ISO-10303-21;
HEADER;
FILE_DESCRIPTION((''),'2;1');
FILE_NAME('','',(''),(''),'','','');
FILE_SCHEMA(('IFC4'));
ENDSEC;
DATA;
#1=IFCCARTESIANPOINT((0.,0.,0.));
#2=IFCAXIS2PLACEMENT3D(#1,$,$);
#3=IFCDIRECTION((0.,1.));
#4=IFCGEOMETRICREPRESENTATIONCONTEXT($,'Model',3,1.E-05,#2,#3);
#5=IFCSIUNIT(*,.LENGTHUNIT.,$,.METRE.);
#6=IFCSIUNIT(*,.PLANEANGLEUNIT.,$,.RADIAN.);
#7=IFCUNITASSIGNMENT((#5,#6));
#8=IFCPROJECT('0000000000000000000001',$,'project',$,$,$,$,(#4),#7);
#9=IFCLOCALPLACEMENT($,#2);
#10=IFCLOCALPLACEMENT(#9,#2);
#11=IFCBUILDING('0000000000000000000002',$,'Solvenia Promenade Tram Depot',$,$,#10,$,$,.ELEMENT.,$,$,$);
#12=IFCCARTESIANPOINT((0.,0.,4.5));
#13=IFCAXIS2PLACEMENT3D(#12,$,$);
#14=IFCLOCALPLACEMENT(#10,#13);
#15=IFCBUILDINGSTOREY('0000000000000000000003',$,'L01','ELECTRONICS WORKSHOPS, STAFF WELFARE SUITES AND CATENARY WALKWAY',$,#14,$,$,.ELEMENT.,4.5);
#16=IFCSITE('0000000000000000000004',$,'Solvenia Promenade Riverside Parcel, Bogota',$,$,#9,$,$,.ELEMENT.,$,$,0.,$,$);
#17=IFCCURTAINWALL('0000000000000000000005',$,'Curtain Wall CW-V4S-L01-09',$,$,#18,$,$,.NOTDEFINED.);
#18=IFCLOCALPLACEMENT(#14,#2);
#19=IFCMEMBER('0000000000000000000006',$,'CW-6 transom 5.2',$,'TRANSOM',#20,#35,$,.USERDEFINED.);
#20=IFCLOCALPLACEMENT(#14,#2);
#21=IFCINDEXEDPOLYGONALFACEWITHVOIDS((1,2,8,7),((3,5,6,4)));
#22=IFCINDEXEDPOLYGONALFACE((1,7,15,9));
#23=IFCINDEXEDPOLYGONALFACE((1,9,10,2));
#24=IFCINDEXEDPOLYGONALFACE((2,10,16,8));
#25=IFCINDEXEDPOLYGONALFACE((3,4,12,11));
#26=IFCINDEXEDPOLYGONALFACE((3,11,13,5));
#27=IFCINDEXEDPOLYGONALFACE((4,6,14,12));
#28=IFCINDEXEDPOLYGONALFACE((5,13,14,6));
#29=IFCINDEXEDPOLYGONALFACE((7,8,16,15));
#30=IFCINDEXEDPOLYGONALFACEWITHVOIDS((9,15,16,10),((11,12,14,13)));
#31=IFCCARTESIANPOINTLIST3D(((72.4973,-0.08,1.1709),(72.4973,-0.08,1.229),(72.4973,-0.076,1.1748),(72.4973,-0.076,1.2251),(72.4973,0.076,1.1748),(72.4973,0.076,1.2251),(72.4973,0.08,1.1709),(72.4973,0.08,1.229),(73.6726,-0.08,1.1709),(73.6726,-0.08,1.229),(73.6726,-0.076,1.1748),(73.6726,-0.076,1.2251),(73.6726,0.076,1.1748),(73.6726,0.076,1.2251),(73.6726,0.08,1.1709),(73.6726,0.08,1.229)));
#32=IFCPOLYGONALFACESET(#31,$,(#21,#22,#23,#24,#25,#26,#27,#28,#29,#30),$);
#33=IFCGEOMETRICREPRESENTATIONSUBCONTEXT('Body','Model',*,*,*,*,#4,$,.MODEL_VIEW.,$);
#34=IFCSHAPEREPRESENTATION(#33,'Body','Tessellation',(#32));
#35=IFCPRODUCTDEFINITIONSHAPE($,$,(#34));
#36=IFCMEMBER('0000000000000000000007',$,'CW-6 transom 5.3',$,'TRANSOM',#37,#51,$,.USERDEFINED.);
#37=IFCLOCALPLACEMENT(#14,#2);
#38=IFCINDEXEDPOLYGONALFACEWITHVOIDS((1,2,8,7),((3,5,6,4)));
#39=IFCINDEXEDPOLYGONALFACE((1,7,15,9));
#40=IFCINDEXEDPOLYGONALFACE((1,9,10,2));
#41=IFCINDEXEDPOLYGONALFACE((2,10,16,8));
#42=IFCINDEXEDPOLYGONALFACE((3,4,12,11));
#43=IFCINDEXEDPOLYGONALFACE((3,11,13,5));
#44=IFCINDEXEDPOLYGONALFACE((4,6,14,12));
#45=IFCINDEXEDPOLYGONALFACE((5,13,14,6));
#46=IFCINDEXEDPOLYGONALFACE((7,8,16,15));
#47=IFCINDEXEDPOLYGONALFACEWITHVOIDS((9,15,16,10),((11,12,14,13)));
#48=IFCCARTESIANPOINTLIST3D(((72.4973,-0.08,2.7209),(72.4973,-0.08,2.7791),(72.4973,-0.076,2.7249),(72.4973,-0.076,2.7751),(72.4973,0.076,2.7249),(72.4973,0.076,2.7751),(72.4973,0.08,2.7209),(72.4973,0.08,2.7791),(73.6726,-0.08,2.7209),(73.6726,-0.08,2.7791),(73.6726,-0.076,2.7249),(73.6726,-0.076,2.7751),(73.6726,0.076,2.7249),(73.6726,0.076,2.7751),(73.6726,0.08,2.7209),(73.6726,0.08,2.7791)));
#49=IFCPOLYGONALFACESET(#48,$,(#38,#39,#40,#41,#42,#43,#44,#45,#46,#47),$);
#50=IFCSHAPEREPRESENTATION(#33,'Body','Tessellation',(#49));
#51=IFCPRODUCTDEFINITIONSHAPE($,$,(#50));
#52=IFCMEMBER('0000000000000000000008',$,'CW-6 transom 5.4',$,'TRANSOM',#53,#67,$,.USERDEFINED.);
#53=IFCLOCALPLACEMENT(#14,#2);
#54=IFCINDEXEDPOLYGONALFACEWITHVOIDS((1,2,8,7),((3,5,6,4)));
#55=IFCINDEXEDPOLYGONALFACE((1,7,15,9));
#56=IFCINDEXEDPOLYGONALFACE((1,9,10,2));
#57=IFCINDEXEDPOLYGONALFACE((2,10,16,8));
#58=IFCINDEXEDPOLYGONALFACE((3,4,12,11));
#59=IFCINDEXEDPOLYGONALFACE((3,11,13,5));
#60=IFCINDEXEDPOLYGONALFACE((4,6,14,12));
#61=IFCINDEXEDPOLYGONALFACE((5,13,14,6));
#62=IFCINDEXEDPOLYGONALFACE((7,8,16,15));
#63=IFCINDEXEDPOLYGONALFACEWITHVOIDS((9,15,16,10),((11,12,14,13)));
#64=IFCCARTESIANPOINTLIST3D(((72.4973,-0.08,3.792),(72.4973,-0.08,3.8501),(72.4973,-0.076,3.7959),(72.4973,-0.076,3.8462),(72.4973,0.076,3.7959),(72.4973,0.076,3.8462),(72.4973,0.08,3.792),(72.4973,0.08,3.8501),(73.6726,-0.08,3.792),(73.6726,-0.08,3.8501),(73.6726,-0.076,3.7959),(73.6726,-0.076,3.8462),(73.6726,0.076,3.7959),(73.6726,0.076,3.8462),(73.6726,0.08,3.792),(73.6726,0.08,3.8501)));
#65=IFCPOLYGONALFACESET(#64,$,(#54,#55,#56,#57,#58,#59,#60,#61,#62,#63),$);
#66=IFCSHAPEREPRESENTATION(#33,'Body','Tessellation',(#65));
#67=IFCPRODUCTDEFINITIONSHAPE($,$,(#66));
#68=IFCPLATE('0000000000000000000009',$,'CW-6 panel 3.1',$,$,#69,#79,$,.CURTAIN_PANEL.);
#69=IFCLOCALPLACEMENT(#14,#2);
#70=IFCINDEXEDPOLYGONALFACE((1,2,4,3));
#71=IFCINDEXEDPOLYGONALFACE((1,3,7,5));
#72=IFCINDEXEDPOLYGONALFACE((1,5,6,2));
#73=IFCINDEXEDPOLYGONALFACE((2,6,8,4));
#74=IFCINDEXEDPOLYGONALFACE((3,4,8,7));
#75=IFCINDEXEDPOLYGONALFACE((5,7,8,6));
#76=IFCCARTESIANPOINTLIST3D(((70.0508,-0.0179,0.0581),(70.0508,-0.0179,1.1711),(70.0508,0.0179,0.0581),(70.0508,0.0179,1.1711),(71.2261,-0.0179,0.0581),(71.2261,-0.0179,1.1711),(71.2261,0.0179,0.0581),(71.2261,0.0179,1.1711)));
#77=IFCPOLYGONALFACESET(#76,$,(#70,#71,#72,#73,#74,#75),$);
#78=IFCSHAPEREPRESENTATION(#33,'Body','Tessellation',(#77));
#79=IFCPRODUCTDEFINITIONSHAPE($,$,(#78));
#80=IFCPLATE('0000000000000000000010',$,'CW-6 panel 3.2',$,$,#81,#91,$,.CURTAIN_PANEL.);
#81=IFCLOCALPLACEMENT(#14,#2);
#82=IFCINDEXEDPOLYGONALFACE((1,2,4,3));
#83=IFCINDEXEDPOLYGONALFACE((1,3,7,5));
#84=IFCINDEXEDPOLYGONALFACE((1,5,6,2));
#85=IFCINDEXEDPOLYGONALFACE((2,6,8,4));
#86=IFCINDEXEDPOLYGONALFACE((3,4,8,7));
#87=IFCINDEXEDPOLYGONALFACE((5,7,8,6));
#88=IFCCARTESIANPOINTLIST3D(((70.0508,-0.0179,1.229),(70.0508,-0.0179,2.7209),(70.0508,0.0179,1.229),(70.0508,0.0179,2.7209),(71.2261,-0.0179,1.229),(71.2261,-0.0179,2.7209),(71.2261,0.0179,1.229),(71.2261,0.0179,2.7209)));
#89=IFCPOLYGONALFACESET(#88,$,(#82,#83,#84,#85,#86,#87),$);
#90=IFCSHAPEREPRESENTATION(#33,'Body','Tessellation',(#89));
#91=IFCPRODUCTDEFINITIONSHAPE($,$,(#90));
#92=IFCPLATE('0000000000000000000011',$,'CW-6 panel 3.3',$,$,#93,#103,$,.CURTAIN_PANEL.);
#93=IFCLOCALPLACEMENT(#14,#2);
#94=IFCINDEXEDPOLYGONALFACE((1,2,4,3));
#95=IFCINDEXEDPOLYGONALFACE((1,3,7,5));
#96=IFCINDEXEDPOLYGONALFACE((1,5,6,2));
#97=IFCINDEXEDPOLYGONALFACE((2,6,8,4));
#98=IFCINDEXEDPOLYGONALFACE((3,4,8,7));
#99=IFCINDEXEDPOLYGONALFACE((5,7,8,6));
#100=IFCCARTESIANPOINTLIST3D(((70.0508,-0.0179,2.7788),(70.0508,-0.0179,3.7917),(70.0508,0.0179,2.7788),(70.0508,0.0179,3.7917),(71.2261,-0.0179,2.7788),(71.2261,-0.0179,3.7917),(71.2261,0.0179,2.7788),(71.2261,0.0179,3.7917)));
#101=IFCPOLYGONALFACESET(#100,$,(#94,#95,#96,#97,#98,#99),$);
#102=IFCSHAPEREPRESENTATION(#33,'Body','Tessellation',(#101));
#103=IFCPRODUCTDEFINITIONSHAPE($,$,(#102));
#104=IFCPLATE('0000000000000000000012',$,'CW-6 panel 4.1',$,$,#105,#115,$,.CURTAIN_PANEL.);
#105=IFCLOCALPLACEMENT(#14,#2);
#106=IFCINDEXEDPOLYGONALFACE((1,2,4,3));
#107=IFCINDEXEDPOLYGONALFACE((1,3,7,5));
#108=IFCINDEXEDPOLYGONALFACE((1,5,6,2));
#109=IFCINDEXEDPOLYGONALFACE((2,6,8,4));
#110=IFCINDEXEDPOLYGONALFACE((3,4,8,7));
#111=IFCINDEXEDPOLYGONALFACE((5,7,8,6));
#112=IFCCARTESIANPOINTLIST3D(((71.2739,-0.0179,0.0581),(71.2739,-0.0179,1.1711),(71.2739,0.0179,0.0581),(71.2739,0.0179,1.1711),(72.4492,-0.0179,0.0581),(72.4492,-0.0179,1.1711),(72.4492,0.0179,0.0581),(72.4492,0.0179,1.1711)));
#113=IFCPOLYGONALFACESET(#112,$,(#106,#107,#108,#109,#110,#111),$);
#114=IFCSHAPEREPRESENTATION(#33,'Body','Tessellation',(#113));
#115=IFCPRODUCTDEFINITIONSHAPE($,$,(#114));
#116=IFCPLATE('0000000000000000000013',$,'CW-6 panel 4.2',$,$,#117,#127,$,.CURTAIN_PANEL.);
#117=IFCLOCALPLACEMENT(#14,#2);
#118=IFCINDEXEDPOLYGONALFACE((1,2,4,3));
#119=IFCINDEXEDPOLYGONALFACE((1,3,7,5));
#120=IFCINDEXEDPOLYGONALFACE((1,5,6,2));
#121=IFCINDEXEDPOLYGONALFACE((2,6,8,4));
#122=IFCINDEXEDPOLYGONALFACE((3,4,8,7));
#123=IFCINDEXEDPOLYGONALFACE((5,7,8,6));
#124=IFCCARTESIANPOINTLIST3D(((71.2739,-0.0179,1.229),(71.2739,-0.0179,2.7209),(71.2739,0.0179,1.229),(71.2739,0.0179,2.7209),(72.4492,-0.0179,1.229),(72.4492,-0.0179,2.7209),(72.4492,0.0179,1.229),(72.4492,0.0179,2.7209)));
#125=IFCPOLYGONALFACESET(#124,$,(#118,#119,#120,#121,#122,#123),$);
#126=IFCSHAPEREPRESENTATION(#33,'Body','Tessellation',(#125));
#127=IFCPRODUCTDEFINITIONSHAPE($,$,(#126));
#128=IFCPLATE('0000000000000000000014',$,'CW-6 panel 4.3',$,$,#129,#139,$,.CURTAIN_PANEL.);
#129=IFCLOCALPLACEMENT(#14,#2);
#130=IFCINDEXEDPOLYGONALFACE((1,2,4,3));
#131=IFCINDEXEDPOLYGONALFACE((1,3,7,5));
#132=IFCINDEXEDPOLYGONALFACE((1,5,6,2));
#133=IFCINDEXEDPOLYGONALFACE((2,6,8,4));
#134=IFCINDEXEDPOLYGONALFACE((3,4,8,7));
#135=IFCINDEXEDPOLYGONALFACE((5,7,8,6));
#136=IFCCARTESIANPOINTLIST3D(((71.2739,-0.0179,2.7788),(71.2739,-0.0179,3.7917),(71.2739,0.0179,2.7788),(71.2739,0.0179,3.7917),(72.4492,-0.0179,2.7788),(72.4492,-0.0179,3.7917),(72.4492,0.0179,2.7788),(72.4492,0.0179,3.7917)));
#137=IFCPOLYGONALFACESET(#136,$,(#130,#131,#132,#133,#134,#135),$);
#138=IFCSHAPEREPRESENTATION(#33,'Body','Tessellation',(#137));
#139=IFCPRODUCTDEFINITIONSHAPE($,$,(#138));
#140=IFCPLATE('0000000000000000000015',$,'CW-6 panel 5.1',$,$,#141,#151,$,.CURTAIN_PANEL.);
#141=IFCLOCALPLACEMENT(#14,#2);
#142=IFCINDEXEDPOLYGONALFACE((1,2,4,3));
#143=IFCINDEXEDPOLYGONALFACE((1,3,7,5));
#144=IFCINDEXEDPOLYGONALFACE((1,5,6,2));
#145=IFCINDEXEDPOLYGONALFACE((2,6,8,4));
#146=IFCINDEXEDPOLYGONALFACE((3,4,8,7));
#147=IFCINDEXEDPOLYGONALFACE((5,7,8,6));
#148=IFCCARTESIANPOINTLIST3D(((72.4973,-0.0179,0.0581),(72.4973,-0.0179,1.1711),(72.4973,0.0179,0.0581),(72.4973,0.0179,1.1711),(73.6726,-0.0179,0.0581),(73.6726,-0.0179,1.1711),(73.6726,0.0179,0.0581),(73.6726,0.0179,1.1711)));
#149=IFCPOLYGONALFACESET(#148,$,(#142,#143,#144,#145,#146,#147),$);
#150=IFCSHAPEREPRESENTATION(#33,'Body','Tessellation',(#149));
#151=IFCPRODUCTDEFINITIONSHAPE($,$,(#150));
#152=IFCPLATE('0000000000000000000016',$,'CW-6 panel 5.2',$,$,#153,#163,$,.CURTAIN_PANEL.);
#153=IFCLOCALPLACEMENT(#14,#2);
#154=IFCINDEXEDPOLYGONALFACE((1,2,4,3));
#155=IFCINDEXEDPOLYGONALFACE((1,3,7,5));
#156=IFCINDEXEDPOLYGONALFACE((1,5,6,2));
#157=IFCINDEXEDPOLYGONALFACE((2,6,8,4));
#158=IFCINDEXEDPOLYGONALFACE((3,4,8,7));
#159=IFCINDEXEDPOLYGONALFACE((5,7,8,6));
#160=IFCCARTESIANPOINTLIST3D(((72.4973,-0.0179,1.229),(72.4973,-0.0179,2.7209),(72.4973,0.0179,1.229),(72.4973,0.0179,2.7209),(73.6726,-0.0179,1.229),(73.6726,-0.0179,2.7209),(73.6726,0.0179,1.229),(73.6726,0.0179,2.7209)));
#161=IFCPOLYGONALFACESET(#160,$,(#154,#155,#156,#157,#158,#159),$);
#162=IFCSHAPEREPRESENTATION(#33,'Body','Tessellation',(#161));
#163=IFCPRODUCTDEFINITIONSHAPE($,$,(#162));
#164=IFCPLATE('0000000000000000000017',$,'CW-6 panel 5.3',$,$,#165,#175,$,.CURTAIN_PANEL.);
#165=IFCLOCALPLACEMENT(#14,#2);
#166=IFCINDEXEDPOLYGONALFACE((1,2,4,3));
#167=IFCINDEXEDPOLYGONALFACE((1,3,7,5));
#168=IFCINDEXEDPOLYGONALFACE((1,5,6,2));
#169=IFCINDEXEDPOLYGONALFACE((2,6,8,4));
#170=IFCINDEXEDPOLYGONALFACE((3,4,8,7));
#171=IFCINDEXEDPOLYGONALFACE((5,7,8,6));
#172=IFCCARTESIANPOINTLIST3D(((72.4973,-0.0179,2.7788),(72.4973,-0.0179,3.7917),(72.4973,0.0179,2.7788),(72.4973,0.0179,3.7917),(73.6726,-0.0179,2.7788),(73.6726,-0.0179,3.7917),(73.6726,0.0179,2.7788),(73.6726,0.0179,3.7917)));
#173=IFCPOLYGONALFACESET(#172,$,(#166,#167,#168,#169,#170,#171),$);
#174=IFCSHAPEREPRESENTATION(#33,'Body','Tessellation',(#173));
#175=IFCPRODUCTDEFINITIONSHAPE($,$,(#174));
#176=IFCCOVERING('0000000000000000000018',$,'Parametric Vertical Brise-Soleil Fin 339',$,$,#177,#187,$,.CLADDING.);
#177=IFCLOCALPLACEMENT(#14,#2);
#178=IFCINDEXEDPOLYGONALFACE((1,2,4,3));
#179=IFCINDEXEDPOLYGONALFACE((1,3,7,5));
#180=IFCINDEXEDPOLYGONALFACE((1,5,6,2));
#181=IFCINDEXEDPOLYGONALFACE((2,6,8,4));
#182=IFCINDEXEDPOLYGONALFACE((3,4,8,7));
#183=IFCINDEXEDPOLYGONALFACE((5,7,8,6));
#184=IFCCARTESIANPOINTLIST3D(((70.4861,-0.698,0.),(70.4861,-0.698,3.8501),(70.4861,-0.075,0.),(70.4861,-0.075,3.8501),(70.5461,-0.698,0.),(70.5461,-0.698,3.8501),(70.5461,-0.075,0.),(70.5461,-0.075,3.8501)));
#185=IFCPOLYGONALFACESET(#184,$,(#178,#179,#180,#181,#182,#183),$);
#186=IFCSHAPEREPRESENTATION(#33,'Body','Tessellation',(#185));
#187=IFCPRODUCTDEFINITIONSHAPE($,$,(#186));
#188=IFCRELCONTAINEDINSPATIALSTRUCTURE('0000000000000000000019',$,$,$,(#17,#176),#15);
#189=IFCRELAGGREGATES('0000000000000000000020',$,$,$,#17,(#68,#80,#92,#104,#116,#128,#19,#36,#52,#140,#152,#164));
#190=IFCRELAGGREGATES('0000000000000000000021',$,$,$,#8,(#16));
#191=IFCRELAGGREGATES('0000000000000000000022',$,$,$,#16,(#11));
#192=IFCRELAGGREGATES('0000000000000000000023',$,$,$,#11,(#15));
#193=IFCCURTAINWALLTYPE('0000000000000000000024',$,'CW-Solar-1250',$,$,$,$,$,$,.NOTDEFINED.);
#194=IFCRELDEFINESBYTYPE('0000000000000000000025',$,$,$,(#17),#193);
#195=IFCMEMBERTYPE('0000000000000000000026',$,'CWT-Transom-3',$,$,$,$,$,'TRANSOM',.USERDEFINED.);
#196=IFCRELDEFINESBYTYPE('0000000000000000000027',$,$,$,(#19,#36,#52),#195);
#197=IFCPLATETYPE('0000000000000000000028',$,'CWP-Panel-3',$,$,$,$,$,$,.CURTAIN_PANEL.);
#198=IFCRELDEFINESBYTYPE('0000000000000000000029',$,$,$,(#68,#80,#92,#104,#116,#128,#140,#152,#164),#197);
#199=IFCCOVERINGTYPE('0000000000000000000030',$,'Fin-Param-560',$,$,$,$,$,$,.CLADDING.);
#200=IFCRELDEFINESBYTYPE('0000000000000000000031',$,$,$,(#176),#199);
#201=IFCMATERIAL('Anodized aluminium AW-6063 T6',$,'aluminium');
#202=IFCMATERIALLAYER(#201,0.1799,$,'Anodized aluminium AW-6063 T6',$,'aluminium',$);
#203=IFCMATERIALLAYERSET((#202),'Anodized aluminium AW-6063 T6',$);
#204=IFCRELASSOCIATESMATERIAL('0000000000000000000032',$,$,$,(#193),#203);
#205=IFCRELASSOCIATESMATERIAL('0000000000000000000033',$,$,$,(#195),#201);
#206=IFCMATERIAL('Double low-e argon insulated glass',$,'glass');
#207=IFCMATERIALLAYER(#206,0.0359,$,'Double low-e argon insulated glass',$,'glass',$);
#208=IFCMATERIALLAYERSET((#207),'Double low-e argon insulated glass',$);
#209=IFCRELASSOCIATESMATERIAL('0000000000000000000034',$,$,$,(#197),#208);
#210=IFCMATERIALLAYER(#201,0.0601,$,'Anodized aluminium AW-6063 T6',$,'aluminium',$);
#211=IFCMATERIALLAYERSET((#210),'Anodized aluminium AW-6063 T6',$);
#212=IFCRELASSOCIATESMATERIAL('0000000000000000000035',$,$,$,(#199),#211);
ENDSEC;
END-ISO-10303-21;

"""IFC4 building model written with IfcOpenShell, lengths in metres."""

from ifc_helpers import new_model, si_unit, direction, frame, origin, origin_2d, place, context, subcontext, project, spatial, rectangle, hollow_rectangle, extrude, material, layer, layer_set, material_profile, profile_set, type_object, element, aggregate, save


model = new_model("IFC4")

# Units and contexts
model_context = context("Model", 3, precision=1e-05, world=origin(), true_north=direction((0.0, 1.0)))
body_context = subcontext(model_context, "Body", "Model", "MODEL_VIEW")
ifc_project = project(units=[si_unit("LENGTHUNIT", "METRE"), si_unit("PLANEANGLEUNIT", "RADIAN")], contexts=[model_context])

# Site, building, storey
site_placement = place(None, origin())
site = spatial("IfcSite", under=ifc_project, at=site_placement, Name="Solvenia Promenade Riverside Parcel, Bogota", CompositionType="ELEMENT", RefElevation=0.0)
building_placement = place(site_placement, origin())
building = spatial("IfcBuilding", under=site, at=building_placement, Name="Solvenia Promenade Tram Depot", CompositionType="ELEMENT")
storey_placement = place(building_placement, frame((0.0, 0.0, 4.5)))
storey = spatial("IfcBuildingStorey", under=building, at=storey_placement, Name="L01", Description="ELECTRONICS WORKSHOPS, STAFF WELFARE SUITES AND CATENARY WALKWAY", CompositionType="ELEMENT", Elevation=4.5)

# Curtain wall, members, plates
ifc_material_1 = material(Name="Anodized aluminium AW-6063 T6", Category="aluminium")
ifc_layer_1 = layer(ifc_material_1, 0.1799, Name="Anodized aluminium AW-6063 T6", Category="aluminium")
ifc_layer_set_1 = layer_set([ifc_layer_1], Name="Anodized aluminium AW-6063 T6")
curtain_wall_type = type_object("IfcCurtainWallType", Name="CW-Solar-1250", PredefinedType="NOTDEFINED", material=ifc_layer_set_1)
curtain_wall_placement = place(storey_placement, origin())
curtain_wall = element("IfcCurtainWall", 1, at=curtain_wall_placement, inside=storey, type_object=curtain_wall_type, Name="Curtain Wall CW-V4S-L01-09", PredefinedType="NOTDEFINED")
ifc_material_profile_1 = material_profile(ifc_material_1, hollow_rectangle(XDim=0.1599, YDim=0.0581, WallThickness=0.0039, at=origin_2d()), Name="ALU-T3", Category="aluminium")
ifc_profile_set_1 = profile_set([ifc_material_profile_1], Name="Anodized aluminium AW-6063 T6")
member_type_1 = type_object("IfcMemberType", Name="CWT-Transom-3", ElementType="TRANSOM", PredefinedType="USERDEFINED", material=ifc_profile_set_1)
member_1_placement = place(storey_placement, frame((72.4973, 0.0, 1.2), z_axis=(1.0, 0.0, 0.0), x_axis=(0.0, 1.0, 0.0)))
member_1 = element("IfcMember", 2, at=member_1_placement, type_object=member_type_1, Name="CW-6 transom 5.2", ObjectType="TRANSOM", PredefinedType="USERDEFINED", context=body_context, shape_type="SweptSolid", body=[
    extrude(hollow_rectangle(XDim=0.1599, YDim=0.0581, WallThickness=0.0039, at=origin_2d()), origin(), (0.0, 0.0, 1.0), 1.1753),
])
member_2_placement = place(storey_placement, frame((72.4973, 0.0, 2.75), z_axis=(1.0, 0.0, 0.0), x_axis=(0.0, 1.0, 0.0)))
member_2 = element("IfcMember", 3, at=member_2_placement, type_object=member_type_1, Name="CW-6 transom 5.3", ObjectType="TRANSOM", PredefinedType="USERDEFINED", context=body_context, shape_type="SweptSolid", body=[
    extrude(hollow_rectangle(XDim=0.1599, YDim=0.0581, WallThickness=0.0039, at=origin_2d()), origin(), (0.0, 0.0, 1.0), 1.1753),
])
member_3_placement = place(storey_placement, frame((72.4973, 0.0, 3.821), z_axis=(1.0, 0.0, 0.0), x_axis=(0.0, 1.0, 0.0)))
member_3 = element("IfcMember", 4, at=member_3_placement, type_object=member_type_1, Name="CW-6 transom 5.4", ObjectType="TRANSOM", PredefinedType="USERDEFINED", context=body_context, shape_type="SweptSolid", body=[
    extrude(hollow_rectangle(XDim=0.1599, YDim=0.0581, WallThickness=0.0039, at=origin_2d()), origin(), (0.0, 0.0, 1.0), 1.1753),
])
ifc_material_2 = material(Name="Double low-e argon insulated glass", Category="glass")
ifc_layer_2 = layer(ifc_material_2, 0.0359, Name="Double low-e argon insulated glass", Category="glass")
ifc_layer_set_2 = layer_set([ifc_layer_2], Name="Double low-e argon insulated glass")
plate_type = type_object("IfcPlateType", Name="CWP-Panel-3", PredefinedType="CURTAIN_PANEL", material=ifc_layer_set_2)
plate_1_placement = place(storey_placement, frame((70.6384, 0.0, 0.0581), z_axis=(0.0, 0.0, 1.0), x_axis=(1.0, 0.0, 0.0)))
plate_1 = element("IfcPlate", 5, at=plate_1_placement, type_object=plate_type, Name="CW-6 panel 3.1", PredefinedType="CURTAIN_PANEL", context=body_context, shape_type="SweptSolid", body=[
    extrude(rectangle(XDim=1.1753, YDim=0.0359, at=origin_2d()), origin(), (0.0, 0.0, 1.0), 1.113),
])
plate_2_placement = place(storey_placement, frame((70.6384, 0.0, 1.229), z_axis=(0.0, 0.0, 1.0), x_axis=(1.0, 0.0, 0.0)))
plate_2 = element("IfcPlate", 6, at=plate_2_placement, type_object=plate_type, Name="CW-6 panel 3.2", PredefinedType="CURTAIN_PANEL", context=body_context, shape_type="SweptSolid", body=[
    extrude(rectangle(XDim=1.1753, YDim=0.0359, at=origin_2d()), origin(), (0.0, 0.0, 1.0), 1.4919),
])
plate_3_placement = place(storey_placement, frame((70.6384, 0.0, 2.7788), z_axis=(0.0, 0.0, 1.0), x_axis=(1.0, 0.0, 0.0)))
plate_3 = element("IfcPlate", 7, at=plate_3_placement, type_object=plate_type, Name="CW-6 panel 3.3", PredefinedType="CURTAIN_PANEL", context=body_context, shape_type="SweptSolid", body=[
    extrude(rectangle(XDim=1.1753, YDim=0.0359, at=origin_2d()), origin(), (0.0, 0.0, 1.0), 1.0129),
])
plate_4_placement = place(storey_placement, frame((71.8616, 0.0, 0.0581), z_axis=(0.0, 0.0, 1.0), x_axis=(1.0, 0.0, 0.0)))
plate_4 = element("IfcPlate", 8, at=plate_4_placement, type_object=plate_type, Name="CW-6 panel 4.1", PredefinedType="CURTAIN_PANEL", context=body_context, shape_type="SweptSolid", body=[
    extrude(rectangle(XDim=1.1753, YDim=0.0359, at=origin_2d()), origin(), (0.0, 0.0, 1.0), 1.113),
])
plate_5_placement = place(storey_placement, frame((71.8616, 0.0, 1.229), z_axis=(0.0, 0.0, 1.0), x_axis=(1.0, 0.0, 0.0)))
plate_5 = element("IfcPlate", 9, at=plate_5_placement, type_object=plate_type, Name="CW-6 panel 4.2", PredefinedType="CURTAIN_PANEL", context=body_context, shape_type="SweptSolid", body=[
    extrude(rectangle(XDim=1.1753, YDim=0.0359, at=origin_2d()), origin(), (0.0, 0.0, 1.0), 1.4919),
])
plate_6_placement = place(storey_placement, frame((71.8616, 0.0, 2.7788), z_axis=(0.0, 0.0, 1.0), x_axis=(1.0, 0.0, 0.0)))
plate_6 = element("IfcPlate", 10, at=plate_6_placement, type_object=plate_type, Name="CW-6 panel 4.3", PredefinedType="CURTAIN_PANEL", context=body_context, shape_type="SweptSolid", body=[
    extrude(rectangle(XDim=1.1753, YDim=0.0359, at=origin_2d()), origin(), (0.0, 0.0, 1.0), 1.0129),
])
plate_7_placement = place(storey_placement, frame((73.085, 0.0, 0.0581), z_axis=(0.0, 0.0, 1.0), x_axis=(1.0, 0.0, 0.0)))
plate_7 = element("IfcPlate", 11, at=plate_7_placement, type_object=plate_type, Name="CW-6 panel 5.1", PredefinedType="CURTAIN_PANEL", context=body_context, shape_type="SweptSolid", body=[
    extrude(rectangle(XDim=1.1753, YDim=0.0359, at=origin_2d()), origin(), (0.0, 0.0, 1.0), 1.113),
])
plate_8_placement = place(storey_placement, frame((73.085, 0.0, 1.229), z_axis=(0.0, 0.0, 1.0), x_axis=(1.0, 0.0, 0.0)))
plate_8 = element("IfcPlate", 12, at=plate_8_placement, type_object=plate_type, Name="CW-6 panel 5.2", PredefinedType="CURTAIN_PANEL", context=body_context, shape_type="SweptSolid", body=[
    extrude(rectangle(XDim=1.1753, YDim=0.0359, at=origin_2d()), origin(), (0.0, 0.0, 1.0), 1.4919),
])
plate_9_placement = place(storey_placement, frame((73.085, 0.0, 2.7788), z_axis=(0.0, 0.0, 1.0), x_axis=(1.0, 0.0, 0.0)))
plate_9 = element("IfcPlate", 13, at=plate_9_placement, type_object=plate_type, Name="CW-6 panel 5.3", PredefinedType="CURTAIN_PANEL", context=body_context, shape_type="SweptSolid", body=[
    extrude(rectangle(XDim=1.1753, YDim=0.0359, at=origin_2d()), origin(), (0.0, 0.0, 1.0), 1.0129),
])
aggregate(curtain_wall, [plate_1, plate_2, plate_3, plate_4, plate_5, plate_6, member_1, member_2, member_3, plate_7, plate_8, plate_9])

# Covering
ifc_layer_3 = layer(ifc_material_1, 0.0601, Name="Anodized aluminium AW-6063 T6", Category="aluminium")
ifc_layer_set_3 = layer_set([ifc_layer_3], Name="Anodized aluminium AW-6063 T6")
covering_type = type_object("IfcCoveringType", Name="Fin-Param-560", PredefinedType="CLADDING", material=ifc_layer_set_3)
covering_1_placement = place(storey_placement, frame((70.5161, -0.3865, 0.0), z_axis=(0.0, 0.0, 1.0), x_axis=(1.0, 0.0, 0.0)))
element("IfcCovering", 14, at=covering_1_placement, inside=storey, type_object=covering_type, Name="Parametric Vertical Brise-Soleil Fin 339", PredefinedType="CLADDING", context=body_context, shape_type="SweptSolid", body=[
    extrude(rectangle(XDim=0.0601, YDim=0.623, at=origin_2d()), origin(), (0.0, 0.0, 1.0), 3.8501),
])

save(model, "model.ifc")
